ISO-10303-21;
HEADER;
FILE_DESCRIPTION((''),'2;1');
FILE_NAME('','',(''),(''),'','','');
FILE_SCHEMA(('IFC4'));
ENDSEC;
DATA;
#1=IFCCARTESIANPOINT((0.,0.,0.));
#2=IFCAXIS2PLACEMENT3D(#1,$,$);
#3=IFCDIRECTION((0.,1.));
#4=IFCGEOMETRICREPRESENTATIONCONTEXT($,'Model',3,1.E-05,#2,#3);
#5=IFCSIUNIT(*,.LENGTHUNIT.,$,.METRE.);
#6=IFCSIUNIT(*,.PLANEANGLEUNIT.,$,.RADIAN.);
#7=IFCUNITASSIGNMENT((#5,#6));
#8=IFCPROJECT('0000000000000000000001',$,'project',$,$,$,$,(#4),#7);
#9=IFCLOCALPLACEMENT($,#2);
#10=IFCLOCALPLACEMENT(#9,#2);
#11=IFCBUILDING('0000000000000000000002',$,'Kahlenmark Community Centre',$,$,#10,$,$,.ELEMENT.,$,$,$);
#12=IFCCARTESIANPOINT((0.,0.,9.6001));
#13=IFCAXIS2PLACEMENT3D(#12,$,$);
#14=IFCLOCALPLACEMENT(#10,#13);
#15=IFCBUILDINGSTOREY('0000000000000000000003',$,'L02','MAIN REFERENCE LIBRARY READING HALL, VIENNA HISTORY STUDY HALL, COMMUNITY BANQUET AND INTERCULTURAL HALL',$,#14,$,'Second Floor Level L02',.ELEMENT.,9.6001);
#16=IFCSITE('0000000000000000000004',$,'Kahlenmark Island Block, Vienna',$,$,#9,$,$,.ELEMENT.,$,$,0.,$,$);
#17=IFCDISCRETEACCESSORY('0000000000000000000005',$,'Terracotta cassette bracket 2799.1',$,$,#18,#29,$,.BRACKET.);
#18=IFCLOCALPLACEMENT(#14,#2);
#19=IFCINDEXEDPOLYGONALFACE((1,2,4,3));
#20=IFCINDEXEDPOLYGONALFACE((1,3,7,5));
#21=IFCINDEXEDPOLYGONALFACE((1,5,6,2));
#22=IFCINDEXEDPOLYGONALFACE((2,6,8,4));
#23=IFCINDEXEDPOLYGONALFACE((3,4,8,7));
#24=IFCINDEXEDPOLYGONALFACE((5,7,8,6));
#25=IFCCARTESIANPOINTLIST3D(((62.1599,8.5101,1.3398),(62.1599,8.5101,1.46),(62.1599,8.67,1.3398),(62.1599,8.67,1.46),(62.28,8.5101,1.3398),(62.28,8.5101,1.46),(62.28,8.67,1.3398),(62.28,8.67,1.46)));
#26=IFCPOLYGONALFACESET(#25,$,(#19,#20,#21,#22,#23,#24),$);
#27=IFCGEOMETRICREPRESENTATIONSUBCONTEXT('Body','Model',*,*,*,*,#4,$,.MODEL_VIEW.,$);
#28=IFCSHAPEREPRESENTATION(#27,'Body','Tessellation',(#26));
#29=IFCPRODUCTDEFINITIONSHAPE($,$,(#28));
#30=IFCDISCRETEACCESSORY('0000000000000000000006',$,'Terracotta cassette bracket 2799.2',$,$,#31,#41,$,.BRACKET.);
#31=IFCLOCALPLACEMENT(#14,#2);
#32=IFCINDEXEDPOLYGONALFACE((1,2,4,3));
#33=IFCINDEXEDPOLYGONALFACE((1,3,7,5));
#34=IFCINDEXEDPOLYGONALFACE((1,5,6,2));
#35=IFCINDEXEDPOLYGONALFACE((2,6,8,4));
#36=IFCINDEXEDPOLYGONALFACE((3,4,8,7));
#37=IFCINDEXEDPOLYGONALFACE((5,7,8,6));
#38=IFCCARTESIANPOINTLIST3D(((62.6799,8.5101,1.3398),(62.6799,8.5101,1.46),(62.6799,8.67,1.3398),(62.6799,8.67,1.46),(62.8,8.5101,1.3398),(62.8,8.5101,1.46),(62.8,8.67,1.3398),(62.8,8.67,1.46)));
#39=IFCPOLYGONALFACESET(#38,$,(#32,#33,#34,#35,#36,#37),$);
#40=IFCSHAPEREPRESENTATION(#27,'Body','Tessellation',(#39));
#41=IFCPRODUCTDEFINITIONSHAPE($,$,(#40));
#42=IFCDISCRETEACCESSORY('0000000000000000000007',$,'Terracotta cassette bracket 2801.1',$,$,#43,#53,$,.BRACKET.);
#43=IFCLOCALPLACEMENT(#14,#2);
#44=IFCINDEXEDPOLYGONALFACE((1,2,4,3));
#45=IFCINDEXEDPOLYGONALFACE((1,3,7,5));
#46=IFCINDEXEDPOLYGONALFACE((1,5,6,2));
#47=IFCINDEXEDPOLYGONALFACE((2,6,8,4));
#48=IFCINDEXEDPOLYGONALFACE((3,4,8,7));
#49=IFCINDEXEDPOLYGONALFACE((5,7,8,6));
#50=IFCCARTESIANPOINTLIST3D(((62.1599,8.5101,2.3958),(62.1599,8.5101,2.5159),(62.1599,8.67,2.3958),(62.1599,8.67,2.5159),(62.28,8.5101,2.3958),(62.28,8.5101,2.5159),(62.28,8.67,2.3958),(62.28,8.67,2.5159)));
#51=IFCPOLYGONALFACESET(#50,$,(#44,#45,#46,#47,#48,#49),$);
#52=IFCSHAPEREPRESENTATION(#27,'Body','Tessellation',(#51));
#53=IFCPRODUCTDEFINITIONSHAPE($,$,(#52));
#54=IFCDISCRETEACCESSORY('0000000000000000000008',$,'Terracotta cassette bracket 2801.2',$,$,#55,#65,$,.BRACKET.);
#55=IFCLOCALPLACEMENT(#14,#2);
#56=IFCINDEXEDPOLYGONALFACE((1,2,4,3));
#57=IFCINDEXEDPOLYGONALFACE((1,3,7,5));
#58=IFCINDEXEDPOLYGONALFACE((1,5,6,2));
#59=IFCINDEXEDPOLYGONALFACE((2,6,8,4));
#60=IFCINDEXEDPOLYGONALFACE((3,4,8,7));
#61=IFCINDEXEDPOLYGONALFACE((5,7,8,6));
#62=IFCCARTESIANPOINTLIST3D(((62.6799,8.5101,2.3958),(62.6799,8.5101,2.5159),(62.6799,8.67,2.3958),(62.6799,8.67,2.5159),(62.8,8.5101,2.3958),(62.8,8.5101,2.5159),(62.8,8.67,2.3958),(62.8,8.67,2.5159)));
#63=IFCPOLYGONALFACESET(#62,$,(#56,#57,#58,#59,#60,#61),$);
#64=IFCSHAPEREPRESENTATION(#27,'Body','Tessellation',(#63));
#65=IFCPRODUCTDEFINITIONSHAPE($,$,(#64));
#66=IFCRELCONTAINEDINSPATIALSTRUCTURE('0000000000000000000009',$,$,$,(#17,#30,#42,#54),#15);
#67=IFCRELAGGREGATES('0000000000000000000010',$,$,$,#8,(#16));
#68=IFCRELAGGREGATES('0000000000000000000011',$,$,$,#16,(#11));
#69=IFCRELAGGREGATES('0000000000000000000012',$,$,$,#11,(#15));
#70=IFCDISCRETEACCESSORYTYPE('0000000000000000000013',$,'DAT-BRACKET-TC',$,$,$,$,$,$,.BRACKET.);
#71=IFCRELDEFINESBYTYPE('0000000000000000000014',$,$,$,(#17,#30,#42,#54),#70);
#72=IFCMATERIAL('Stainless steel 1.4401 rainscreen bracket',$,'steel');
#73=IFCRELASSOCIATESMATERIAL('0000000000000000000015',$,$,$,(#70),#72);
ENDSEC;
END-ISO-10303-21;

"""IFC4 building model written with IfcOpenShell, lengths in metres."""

from ifc_helpers import new_model, si_unit, direction, frame, origin, origin_2d, place, context, subcontext, project, spatial, rectangle, extrude, material, type_object, element, save


model = new_model("IFC4")

# Units and contexts
model_context = context("Model", 3, precision=1e-05, world=origin(), true_north=direction((0.0, 1.0)))
body_context = subcontext(model_context, "Body", "Model", "MODEL_VIEW")
ifc_project = project(units=[si_unit("LENGTHUNIT", "METRE"), si_unit("PLANEANGLEUNIT", "RADIAN")], contexts=[model_context])

# Site, building, storey
site_placement = place(None, origin())
site = spatial("IfcSite", under=ifc_project, at=site_placement, Name="Kahlenmark Island Block, Vienna", CompositionType="ELEMENT", RefElevation=0.0)
building_placement = place(site_placement, origin())
building = spatial("IfcBuilding", under=site, at=building_placement, Name="Kahlenmark Community Centre", CompositionType="ELEMENT")
storey_placement = place(building_placement, frame((0.0, 0.0, 9.6001)))
storey = spatial("IfcBuildingStorey", under=building, at=storey_placement, Name="L02", Description="MAIN REFERENCE LIBRARY READING HALL, VIENNA HISTORY STUDY HALL, COMMUNITY BANQUET AND INTERCULTURAL HALL", LongName="Second Floor Level L02", CompositionType="ELEMENT", Elevation=9.6001)

# Discrete accessories
ifc_material_1 = material(Name="Stainless steel 1.4401 rainscreen bracket", Category="steel")
discrete_accessory_type = type_object("IfcDiscreteAccessoryType", Name="DAT-BRACKET-TC", PredefinedType="BRACKET", material=ifc_material_1)
for number, where, z_axis, x_axis, name in (
    (1, (62.22, 8.5901, 1.3398), (0.0, 0.0, 1.0), (1.0, 0.0, 0.0), "Terracotta cassette bracket 2799.1"),
    (2, (62.74, 8.5901, 1.3398), (0.0, 0.0, 1.0), (1.0, 0.0, 0.0), "Terracotta cassette bracket 2799.2"),
    (3, (62.22, 8.5901, 2.3958), (0.0, 0.0, 1.0), (1.0, 0.0, 0.0), "Terracotta cassette bracket 2801.1"),
    (4, (62.74, 8.5901, 2.3958), (0.0, 0.0, 1.0), (1.0, 0.0, 0.0), "Terracotta cassette bracket 2801.2"),
):
    element("IfcDiscreteAccessory", number, at=place(storey_placement, frame(where, z_axis=z_axis, x_axis=x_axis)), inside=storey, type_object=discrete_accessory_type, Name=name, PredefinedType="BRACKET", context=body_context, shape_type="SweptSolid", body=[
        extrude(rectangle(XDim=0.1201, YDim=0.1599, at=origin_2d()), origin(), (0.0, 0.0, 1.0), 0.1201),
    ])

save(model, "model.ifc")
